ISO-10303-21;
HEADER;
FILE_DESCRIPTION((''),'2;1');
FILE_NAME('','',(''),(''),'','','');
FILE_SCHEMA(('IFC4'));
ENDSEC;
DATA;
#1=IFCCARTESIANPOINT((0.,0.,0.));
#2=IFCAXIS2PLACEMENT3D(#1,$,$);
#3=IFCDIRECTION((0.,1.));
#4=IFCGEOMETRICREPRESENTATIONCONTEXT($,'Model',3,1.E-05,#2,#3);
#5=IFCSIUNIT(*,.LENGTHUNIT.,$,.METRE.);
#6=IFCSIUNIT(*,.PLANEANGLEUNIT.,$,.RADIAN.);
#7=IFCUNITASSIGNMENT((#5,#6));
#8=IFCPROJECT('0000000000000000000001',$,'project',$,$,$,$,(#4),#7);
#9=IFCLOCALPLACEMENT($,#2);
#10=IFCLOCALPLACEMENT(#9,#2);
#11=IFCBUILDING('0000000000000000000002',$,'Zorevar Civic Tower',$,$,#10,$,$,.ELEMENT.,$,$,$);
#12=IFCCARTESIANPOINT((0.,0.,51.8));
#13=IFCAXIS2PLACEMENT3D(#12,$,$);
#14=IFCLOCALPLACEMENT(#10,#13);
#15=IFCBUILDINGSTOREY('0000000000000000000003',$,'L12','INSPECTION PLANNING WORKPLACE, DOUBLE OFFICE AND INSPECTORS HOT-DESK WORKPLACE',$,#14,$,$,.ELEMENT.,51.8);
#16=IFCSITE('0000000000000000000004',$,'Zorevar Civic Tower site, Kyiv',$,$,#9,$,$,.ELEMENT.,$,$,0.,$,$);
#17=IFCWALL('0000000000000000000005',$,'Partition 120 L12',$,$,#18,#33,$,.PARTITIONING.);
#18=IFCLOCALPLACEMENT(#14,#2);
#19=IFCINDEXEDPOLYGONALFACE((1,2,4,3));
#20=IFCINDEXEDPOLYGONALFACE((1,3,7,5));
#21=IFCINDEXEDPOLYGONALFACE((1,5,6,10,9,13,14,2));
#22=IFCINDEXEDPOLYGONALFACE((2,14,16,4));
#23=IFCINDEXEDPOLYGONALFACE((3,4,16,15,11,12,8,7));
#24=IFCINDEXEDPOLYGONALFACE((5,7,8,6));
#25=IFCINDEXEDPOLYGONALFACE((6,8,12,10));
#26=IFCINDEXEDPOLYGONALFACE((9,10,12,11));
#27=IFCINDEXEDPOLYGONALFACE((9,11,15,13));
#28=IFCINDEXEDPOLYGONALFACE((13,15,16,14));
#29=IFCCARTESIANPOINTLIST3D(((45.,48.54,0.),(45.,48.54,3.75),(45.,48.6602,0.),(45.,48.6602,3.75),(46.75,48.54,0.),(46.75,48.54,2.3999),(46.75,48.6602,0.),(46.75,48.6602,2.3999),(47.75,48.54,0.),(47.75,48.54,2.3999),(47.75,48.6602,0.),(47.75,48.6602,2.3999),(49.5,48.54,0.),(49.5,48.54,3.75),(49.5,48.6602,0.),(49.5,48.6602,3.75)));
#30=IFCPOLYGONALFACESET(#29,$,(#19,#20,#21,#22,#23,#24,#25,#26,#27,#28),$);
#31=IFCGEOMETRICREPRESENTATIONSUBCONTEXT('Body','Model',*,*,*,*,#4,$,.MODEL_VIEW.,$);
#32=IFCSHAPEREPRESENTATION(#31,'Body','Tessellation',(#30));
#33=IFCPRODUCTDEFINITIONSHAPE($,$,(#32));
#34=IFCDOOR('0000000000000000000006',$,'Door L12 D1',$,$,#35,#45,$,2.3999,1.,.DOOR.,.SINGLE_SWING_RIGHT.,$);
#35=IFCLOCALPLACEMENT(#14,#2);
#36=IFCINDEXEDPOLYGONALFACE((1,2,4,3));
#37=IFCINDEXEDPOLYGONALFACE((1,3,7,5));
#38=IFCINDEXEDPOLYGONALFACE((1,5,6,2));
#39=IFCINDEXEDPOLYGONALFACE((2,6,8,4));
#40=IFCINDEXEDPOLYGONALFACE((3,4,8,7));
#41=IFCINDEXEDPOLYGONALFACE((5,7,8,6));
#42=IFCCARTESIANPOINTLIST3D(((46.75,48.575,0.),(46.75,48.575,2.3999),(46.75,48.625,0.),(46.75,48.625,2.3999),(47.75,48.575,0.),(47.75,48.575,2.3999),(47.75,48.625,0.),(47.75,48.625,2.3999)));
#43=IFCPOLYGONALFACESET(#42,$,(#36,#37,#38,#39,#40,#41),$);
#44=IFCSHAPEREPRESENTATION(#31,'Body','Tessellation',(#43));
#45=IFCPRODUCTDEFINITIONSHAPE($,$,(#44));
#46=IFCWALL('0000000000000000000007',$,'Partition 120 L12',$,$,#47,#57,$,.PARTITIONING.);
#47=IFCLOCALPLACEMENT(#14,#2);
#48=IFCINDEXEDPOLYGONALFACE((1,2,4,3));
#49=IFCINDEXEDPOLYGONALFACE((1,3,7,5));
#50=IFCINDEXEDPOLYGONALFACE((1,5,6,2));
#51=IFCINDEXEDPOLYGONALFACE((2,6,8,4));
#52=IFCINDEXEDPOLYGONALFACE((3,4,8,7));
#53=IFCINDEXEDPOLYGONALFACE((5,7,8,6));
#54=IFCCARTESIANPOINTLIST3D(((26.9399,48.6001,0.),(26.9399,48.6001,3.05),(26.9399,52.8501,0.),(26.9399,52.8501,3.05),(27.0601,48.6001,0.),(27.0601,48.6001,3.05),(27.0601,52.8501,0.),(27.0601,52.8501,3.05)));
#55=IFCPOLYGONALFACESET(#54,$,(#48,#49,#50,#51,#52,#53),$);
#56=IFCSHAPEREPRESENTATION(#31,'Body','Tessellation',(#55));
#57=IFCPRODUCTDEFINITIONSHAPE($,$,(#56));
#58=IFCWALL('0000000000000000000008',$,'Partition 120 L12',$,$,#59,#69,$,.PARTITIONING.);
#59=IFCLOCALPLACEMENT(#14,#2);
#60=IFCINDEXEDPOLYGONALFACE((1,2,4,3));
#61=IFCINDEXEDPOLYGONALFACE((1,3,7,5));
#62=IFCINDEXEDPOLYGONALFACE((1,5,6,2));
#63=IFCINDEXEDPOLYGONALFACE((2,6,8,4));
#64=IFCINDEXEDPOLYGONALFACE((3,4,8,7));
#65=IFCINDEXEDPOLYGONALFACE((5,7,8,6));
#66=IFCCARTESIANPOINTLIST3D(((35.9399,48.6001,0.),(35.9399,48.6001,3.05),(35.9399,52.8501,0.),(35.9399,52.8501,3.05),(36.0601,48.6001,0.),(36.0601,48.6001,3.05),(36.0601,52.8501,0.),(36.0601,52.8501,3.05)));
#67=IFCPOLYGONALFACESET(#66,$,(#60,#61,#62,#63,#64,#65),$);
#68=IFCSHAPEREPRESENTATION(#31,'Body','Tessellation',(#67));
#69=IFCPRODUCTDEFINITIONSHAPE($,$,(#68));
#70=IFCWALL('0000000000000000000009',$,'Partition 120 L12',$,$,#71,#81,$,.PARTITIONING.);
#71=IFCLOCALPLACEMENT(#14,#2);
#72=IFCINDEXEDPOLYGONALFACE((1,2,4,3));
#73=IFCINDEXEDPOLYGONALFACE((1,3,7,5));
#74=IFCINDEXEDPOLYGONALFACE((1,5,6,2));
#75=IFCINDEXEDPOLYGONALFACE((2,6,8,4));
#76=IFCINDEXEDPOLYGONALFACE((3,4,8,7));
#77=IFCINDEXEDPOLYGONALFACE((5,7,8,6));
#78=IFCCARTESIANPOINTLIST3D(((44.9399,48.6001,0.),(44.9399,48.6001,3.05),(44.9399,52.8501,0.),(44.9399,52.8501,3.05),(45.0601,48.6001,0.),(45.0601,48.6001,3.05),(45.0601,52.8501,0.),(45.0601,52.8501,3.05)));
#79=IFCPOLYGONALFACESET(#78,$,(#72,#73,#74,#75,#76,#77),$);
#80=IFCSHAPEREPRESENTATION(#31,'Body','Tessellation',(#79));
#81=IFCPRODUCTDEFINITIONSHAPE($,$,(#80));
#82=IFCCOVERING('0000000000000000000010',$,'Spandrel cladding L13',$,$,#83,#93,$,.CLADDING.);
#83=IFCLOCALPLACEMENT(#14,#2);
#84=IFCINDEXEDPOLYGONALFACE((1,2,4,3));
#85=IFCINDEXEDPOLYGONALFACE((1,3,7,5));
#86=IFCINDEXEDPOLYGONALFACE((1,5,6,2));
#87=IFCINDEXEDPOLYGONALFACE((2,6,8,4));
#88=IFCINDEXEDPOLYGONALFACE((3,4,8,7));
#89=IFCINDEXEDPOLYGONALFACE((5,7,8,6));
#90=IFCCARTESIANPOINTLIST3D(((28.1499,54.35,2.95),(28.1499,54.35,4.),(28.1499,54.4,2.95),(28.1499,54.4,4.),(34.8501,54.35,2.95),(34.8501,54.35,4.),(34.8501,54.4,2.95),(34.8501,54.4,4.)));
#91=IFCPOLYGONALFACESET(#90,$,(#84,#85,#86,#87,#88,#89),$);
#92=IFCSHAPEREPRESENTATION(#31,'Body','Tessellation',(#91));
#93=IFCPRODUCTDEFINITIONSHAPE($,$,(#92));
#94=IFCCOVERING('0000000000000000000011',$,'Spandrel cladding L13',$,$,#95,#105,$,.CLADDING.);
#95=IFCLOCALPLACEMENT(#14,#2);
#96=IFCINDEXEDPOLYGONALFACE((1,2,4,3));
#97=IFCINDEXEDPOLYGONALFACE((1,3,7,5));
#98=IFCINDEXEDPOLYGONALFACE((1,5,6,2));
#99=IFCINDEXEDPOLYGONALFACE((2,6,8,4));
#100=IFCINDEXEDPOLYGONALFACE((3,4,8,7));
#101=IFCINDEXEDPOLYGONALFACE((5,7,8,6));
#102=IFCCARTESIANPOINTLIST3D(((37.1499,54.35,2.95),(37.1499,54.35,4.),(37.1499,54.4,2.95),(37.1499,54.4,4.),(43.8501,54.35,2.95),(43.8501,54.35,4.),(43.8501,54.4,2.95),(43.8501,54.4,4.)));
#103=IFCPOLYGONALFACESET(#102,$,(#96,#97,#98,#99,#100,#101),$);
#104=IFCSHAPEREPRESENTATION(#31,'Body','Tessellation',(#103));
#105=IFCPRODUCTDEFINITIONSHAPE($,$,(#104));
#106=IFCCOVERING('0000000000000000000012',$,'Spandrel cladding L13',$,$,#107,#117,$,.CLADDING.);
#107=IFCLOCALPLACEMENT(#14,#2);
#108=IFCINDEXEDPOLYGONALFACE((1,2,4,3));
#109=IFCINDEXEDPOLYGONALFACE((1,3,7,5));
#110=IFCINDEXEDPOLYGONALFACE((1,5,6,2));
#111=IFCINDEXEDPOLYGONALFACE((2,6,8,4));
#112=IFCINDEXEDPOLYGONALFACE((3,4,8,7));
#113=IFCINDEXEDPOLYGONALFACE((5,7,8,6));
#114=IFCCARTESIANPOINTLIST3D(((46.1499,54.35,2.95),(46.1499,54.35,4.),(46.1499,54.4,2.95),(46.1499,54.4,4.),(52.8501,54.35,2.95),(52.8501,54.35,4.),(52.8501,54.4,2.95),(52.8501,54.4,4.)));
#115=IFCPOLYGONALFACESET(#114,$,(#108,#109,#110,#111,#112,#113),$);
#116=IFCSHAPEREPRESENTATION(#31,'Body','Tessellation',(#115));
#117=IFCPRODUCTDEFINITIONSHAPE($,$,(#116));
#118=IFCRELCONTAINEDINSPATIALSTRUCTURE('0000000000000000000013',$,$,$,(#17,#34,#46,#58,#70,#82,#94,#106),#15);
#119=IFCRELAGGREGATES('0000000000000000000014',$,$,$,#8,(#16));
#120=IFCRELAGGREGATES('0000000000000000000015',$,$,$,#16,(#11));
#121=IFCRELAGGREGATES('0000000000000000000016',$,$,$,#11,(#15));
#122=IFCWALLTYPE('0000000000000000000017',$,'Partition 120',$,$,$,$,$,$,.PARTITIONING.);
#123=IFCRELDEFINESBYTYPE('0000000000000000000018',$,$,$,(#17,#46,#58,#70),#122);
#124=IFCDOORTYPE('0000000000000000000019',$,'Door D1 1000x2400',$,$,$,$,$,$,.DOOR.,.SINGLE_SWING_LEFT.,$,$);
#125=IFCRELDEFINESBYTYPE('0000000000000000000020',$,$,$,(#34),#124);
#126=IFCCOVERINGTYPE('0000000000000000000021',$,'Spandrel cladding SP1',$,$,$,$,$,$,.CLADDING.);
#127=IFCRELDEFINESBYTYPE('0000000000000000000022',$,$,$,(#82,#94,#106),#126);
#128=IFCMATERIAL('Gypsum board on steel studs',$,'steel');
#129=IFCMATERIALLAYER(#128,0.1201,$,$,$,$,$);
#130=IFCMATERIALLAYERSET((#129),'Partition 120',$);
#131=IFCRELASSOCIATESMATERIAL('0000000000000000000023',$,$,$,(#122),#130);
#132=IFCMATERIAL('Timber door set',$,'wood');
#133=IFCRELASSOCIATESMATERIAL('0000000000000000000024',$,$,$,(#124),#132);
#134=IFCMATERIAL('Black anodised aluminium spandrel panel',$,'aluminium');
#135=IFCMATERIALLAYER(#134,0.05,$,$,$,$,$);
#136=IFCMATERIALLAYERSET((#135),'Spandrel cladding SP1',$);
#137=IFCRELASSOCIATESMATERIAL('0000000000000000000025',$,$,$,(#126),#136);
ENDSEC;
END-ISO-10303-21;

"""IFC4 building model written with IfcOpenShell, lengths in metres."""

from ifc_helpers import new_model, si_unit, direction, frame, frame_2d, origin, place, context, subcontext, project, spatial, rectangle, extrude, material, layer, layer_set, type_object, element, fill, save


model = new_model("IFC4")

# Units and contexts
model_context = context("Model", 3, precision=1e-05, world=origin(), true_north=direction((0.0, 1.0)))
body_context = subcontext(model_context, "Body", "Model", "MODEL_VIEW")
ifc_project = project(units=[si_unit("LENGTHUNIT", "METRE"), si_unit("PLANEANGLEUNIT", "RADIAN")], contexts=[model_context])

# Site, building, storey
site_placement = place(None, origin())
site = spatial("IfcSite", under=ifc_project, at=site_placement, Name="Zorevar Civic Tower site, Kyiv", CompositionType="ELEMENT", RefElevation=0.0)
building_placement = place(site_placement, origin())
building = spatial("IfcBuilding", under=site, at=building_placement, Name="Zorevar Civic Tower", CompositionType="ELEMENT")
storey_placement = place(building_placement, frame((0.0, 0.0, 51.8)))
storey = spatial("IfcBuildingStorey", under=building, at=storey_placement, Name="L12", Description="INSPECTION PLANNING WORKPLACE, DOUBLE OFFICE AND INSPECTORS HOT-DESK WORKPLACE", CompositionType="ELEMENT", Elevation=51.8)

# Wall, opening, door
ifc_material_1 = material(Name="Gypsum board on steel studs", Category="steel")
ifc_layer_1 = layer(ifc_material_1, 0.1201)
ifc_layer_set_1 = layer_set([ifc_layer_1], Name="Partition 120")
wall_type = type_object("IfcWallType", Name="Partition 120", PredefinedType="PARTITIONING", material=ifc_layer_set_1)
ifc_material_2 = material(Name="Timber door set", Category="wood")
door_type = type_object("IfcDoorType", Name="Door D1 1000x2400", OperationType="SINGLE_SWING_LEFT", PredefinedType="DOOR", material=ifc_material_2)
wall_1_placement = place(storey_placement, frame((45.0, 48.6001, 0.0), z_axis=(0.0, 0.0, 1.0), x_axis=(1.0, 0.0, 0.0)))
wall_1 = element("IfcWall", 1, at=wall_1_placement, inside=storey, type_object=wall_type, Name="Partition 120 L12", PredefinedType="PARTITIONING", context=body_context, shape_type="SweptSolid", body=[
    extrude(rectangle(XDim=4.5, YDim=0.1201, at=frame_2d((2.25, 0.0))), origin(), (0.0, 0.0, 1.0), 3.75),
])
opening_1_placement = place(wall_1_placement, frame((1.75, 0.0, 0.0)))
opening_1 = element("IfcOpeningElement", 2, at=opening_1_placement, cuts=wall_1, PredefinedType="OPENING", context=body_context, shape_type="SweptSolid", body=[
    extrude(rectangle(XDim=1.0, YDim=2.3999, at=frame_2d((0.5, 1.2))), frame((0.0, 0.0701, 0.0), z_axis=(0.0, -1.0, 0.0), x_axis=(1.0, 0.0, 0.0)), (0.0, 0.0, 1.0), 0.1401),
])
door_1_placement = place(opening_1_placement, origin())
door_1 = element("IfcDoor", 3, at=door_1_placement, inside=storey, type_object=door_type, Name="Door L12 D1", OperationType="SINGLE_SWING_RIGHT", OverallHeight=2.3999, OverallWidth=1.0, PredefinedType="DOOR", context=body_context, shape_type="SweptSolid", body=[
    extrude(rectangle(XDim=1.0, YDim=2.3999, at=frame_2d((0.5, 1.2))), frame((0.0, 0.0249, 0.0), z_axis=(0.0, -1.0, 0.0), x_axis=(1.0, 0.0, 0.0)), (0.0, 0.0, 1.0), 0.05),
])
fill(opening_1, door_1)

# Walls
for number, where, z_axis, x_axis, name in (
    (4, (27.0, 48.6001, 0.0), (0.0, 0.0, 1.0), (0.0, 1.0, 0.0), "Partition 120 L12"),
    (5, (36.0, 48.6001, 0.0), (0.0, 0.0, 1.0), (0.0, 1.0, 0.0), "Partition 120 L12"),
    (6, (45.0, 48.6001, 0.0), (0.0, 0.0, 1.0), (0.0, 1.0, 0.0), "Partition 120 L12"),
):
    element("IfcWall", number, at=place(storey_placement, frame(where, z_axis=z_axis, x_axis=x_axis)), inside=storey, type_object=wall_type, Name=name, PredefinedType="PARTITIONING", context=body_context, shape_type="SweptSolid", body=[
        extrude(rectangle(XDim=4.25, YDim=0.1201, at=frame_2d((2.125, 0.0))), origin(), (0.0, 0.0, 1.0), 3.05),
    ])

# Coverings
ifc_material_3 = material(Name="Black anodised aluminium spandrel panel", Category="aluminium")
ifc_layer_2 = layer(ifc_material_3, 0.05)
ifc_layer_set_2 = layer_set([ifc_layer_2], Name="Spandrel cladding SP1")
covering_type = type_object("IfcCoveringType", Name="Spandrel cladding SP1", PredefinedType="CLADDING", material=ifc_layer_set_2)
for number, where, z_axis, x_axis, name in (
    (7, (28.1499, 54.375, 2.95), (0.0, 0.0, 1.0), (1.0, 0.0, 0.0), "Spandrel cladding L13"),
    (8, (37.1499, 54.375, 2.95), (0.0, 0.0, 1.0), (1.0, 0.0, 0.0), "Spandrel cladding L13"),
    (9, (46.1499, 54.375, 2.95), (0.0, 0.0, 1.0), (1.0, 0.0, 0.0), "Spandrel cladding L13"),
):
    element("IfcCovering", number, at=place(storey_placement, frame(where, z_axis=z_axis, x_axis=x_axis)), inside=storey, type_object=covering_type, Name=name, PredefinedType="CLADDING", context=body_context, shape_type="SweptSolid", body=[
        extrude(rectangle(XDim=6.7002, YDim=0.05, at=frame_2d((3.3501, 0.0))), origin(), (0.0, 0.0, 1.0), 1.05),
    ])

save(model, "model.ifc")
